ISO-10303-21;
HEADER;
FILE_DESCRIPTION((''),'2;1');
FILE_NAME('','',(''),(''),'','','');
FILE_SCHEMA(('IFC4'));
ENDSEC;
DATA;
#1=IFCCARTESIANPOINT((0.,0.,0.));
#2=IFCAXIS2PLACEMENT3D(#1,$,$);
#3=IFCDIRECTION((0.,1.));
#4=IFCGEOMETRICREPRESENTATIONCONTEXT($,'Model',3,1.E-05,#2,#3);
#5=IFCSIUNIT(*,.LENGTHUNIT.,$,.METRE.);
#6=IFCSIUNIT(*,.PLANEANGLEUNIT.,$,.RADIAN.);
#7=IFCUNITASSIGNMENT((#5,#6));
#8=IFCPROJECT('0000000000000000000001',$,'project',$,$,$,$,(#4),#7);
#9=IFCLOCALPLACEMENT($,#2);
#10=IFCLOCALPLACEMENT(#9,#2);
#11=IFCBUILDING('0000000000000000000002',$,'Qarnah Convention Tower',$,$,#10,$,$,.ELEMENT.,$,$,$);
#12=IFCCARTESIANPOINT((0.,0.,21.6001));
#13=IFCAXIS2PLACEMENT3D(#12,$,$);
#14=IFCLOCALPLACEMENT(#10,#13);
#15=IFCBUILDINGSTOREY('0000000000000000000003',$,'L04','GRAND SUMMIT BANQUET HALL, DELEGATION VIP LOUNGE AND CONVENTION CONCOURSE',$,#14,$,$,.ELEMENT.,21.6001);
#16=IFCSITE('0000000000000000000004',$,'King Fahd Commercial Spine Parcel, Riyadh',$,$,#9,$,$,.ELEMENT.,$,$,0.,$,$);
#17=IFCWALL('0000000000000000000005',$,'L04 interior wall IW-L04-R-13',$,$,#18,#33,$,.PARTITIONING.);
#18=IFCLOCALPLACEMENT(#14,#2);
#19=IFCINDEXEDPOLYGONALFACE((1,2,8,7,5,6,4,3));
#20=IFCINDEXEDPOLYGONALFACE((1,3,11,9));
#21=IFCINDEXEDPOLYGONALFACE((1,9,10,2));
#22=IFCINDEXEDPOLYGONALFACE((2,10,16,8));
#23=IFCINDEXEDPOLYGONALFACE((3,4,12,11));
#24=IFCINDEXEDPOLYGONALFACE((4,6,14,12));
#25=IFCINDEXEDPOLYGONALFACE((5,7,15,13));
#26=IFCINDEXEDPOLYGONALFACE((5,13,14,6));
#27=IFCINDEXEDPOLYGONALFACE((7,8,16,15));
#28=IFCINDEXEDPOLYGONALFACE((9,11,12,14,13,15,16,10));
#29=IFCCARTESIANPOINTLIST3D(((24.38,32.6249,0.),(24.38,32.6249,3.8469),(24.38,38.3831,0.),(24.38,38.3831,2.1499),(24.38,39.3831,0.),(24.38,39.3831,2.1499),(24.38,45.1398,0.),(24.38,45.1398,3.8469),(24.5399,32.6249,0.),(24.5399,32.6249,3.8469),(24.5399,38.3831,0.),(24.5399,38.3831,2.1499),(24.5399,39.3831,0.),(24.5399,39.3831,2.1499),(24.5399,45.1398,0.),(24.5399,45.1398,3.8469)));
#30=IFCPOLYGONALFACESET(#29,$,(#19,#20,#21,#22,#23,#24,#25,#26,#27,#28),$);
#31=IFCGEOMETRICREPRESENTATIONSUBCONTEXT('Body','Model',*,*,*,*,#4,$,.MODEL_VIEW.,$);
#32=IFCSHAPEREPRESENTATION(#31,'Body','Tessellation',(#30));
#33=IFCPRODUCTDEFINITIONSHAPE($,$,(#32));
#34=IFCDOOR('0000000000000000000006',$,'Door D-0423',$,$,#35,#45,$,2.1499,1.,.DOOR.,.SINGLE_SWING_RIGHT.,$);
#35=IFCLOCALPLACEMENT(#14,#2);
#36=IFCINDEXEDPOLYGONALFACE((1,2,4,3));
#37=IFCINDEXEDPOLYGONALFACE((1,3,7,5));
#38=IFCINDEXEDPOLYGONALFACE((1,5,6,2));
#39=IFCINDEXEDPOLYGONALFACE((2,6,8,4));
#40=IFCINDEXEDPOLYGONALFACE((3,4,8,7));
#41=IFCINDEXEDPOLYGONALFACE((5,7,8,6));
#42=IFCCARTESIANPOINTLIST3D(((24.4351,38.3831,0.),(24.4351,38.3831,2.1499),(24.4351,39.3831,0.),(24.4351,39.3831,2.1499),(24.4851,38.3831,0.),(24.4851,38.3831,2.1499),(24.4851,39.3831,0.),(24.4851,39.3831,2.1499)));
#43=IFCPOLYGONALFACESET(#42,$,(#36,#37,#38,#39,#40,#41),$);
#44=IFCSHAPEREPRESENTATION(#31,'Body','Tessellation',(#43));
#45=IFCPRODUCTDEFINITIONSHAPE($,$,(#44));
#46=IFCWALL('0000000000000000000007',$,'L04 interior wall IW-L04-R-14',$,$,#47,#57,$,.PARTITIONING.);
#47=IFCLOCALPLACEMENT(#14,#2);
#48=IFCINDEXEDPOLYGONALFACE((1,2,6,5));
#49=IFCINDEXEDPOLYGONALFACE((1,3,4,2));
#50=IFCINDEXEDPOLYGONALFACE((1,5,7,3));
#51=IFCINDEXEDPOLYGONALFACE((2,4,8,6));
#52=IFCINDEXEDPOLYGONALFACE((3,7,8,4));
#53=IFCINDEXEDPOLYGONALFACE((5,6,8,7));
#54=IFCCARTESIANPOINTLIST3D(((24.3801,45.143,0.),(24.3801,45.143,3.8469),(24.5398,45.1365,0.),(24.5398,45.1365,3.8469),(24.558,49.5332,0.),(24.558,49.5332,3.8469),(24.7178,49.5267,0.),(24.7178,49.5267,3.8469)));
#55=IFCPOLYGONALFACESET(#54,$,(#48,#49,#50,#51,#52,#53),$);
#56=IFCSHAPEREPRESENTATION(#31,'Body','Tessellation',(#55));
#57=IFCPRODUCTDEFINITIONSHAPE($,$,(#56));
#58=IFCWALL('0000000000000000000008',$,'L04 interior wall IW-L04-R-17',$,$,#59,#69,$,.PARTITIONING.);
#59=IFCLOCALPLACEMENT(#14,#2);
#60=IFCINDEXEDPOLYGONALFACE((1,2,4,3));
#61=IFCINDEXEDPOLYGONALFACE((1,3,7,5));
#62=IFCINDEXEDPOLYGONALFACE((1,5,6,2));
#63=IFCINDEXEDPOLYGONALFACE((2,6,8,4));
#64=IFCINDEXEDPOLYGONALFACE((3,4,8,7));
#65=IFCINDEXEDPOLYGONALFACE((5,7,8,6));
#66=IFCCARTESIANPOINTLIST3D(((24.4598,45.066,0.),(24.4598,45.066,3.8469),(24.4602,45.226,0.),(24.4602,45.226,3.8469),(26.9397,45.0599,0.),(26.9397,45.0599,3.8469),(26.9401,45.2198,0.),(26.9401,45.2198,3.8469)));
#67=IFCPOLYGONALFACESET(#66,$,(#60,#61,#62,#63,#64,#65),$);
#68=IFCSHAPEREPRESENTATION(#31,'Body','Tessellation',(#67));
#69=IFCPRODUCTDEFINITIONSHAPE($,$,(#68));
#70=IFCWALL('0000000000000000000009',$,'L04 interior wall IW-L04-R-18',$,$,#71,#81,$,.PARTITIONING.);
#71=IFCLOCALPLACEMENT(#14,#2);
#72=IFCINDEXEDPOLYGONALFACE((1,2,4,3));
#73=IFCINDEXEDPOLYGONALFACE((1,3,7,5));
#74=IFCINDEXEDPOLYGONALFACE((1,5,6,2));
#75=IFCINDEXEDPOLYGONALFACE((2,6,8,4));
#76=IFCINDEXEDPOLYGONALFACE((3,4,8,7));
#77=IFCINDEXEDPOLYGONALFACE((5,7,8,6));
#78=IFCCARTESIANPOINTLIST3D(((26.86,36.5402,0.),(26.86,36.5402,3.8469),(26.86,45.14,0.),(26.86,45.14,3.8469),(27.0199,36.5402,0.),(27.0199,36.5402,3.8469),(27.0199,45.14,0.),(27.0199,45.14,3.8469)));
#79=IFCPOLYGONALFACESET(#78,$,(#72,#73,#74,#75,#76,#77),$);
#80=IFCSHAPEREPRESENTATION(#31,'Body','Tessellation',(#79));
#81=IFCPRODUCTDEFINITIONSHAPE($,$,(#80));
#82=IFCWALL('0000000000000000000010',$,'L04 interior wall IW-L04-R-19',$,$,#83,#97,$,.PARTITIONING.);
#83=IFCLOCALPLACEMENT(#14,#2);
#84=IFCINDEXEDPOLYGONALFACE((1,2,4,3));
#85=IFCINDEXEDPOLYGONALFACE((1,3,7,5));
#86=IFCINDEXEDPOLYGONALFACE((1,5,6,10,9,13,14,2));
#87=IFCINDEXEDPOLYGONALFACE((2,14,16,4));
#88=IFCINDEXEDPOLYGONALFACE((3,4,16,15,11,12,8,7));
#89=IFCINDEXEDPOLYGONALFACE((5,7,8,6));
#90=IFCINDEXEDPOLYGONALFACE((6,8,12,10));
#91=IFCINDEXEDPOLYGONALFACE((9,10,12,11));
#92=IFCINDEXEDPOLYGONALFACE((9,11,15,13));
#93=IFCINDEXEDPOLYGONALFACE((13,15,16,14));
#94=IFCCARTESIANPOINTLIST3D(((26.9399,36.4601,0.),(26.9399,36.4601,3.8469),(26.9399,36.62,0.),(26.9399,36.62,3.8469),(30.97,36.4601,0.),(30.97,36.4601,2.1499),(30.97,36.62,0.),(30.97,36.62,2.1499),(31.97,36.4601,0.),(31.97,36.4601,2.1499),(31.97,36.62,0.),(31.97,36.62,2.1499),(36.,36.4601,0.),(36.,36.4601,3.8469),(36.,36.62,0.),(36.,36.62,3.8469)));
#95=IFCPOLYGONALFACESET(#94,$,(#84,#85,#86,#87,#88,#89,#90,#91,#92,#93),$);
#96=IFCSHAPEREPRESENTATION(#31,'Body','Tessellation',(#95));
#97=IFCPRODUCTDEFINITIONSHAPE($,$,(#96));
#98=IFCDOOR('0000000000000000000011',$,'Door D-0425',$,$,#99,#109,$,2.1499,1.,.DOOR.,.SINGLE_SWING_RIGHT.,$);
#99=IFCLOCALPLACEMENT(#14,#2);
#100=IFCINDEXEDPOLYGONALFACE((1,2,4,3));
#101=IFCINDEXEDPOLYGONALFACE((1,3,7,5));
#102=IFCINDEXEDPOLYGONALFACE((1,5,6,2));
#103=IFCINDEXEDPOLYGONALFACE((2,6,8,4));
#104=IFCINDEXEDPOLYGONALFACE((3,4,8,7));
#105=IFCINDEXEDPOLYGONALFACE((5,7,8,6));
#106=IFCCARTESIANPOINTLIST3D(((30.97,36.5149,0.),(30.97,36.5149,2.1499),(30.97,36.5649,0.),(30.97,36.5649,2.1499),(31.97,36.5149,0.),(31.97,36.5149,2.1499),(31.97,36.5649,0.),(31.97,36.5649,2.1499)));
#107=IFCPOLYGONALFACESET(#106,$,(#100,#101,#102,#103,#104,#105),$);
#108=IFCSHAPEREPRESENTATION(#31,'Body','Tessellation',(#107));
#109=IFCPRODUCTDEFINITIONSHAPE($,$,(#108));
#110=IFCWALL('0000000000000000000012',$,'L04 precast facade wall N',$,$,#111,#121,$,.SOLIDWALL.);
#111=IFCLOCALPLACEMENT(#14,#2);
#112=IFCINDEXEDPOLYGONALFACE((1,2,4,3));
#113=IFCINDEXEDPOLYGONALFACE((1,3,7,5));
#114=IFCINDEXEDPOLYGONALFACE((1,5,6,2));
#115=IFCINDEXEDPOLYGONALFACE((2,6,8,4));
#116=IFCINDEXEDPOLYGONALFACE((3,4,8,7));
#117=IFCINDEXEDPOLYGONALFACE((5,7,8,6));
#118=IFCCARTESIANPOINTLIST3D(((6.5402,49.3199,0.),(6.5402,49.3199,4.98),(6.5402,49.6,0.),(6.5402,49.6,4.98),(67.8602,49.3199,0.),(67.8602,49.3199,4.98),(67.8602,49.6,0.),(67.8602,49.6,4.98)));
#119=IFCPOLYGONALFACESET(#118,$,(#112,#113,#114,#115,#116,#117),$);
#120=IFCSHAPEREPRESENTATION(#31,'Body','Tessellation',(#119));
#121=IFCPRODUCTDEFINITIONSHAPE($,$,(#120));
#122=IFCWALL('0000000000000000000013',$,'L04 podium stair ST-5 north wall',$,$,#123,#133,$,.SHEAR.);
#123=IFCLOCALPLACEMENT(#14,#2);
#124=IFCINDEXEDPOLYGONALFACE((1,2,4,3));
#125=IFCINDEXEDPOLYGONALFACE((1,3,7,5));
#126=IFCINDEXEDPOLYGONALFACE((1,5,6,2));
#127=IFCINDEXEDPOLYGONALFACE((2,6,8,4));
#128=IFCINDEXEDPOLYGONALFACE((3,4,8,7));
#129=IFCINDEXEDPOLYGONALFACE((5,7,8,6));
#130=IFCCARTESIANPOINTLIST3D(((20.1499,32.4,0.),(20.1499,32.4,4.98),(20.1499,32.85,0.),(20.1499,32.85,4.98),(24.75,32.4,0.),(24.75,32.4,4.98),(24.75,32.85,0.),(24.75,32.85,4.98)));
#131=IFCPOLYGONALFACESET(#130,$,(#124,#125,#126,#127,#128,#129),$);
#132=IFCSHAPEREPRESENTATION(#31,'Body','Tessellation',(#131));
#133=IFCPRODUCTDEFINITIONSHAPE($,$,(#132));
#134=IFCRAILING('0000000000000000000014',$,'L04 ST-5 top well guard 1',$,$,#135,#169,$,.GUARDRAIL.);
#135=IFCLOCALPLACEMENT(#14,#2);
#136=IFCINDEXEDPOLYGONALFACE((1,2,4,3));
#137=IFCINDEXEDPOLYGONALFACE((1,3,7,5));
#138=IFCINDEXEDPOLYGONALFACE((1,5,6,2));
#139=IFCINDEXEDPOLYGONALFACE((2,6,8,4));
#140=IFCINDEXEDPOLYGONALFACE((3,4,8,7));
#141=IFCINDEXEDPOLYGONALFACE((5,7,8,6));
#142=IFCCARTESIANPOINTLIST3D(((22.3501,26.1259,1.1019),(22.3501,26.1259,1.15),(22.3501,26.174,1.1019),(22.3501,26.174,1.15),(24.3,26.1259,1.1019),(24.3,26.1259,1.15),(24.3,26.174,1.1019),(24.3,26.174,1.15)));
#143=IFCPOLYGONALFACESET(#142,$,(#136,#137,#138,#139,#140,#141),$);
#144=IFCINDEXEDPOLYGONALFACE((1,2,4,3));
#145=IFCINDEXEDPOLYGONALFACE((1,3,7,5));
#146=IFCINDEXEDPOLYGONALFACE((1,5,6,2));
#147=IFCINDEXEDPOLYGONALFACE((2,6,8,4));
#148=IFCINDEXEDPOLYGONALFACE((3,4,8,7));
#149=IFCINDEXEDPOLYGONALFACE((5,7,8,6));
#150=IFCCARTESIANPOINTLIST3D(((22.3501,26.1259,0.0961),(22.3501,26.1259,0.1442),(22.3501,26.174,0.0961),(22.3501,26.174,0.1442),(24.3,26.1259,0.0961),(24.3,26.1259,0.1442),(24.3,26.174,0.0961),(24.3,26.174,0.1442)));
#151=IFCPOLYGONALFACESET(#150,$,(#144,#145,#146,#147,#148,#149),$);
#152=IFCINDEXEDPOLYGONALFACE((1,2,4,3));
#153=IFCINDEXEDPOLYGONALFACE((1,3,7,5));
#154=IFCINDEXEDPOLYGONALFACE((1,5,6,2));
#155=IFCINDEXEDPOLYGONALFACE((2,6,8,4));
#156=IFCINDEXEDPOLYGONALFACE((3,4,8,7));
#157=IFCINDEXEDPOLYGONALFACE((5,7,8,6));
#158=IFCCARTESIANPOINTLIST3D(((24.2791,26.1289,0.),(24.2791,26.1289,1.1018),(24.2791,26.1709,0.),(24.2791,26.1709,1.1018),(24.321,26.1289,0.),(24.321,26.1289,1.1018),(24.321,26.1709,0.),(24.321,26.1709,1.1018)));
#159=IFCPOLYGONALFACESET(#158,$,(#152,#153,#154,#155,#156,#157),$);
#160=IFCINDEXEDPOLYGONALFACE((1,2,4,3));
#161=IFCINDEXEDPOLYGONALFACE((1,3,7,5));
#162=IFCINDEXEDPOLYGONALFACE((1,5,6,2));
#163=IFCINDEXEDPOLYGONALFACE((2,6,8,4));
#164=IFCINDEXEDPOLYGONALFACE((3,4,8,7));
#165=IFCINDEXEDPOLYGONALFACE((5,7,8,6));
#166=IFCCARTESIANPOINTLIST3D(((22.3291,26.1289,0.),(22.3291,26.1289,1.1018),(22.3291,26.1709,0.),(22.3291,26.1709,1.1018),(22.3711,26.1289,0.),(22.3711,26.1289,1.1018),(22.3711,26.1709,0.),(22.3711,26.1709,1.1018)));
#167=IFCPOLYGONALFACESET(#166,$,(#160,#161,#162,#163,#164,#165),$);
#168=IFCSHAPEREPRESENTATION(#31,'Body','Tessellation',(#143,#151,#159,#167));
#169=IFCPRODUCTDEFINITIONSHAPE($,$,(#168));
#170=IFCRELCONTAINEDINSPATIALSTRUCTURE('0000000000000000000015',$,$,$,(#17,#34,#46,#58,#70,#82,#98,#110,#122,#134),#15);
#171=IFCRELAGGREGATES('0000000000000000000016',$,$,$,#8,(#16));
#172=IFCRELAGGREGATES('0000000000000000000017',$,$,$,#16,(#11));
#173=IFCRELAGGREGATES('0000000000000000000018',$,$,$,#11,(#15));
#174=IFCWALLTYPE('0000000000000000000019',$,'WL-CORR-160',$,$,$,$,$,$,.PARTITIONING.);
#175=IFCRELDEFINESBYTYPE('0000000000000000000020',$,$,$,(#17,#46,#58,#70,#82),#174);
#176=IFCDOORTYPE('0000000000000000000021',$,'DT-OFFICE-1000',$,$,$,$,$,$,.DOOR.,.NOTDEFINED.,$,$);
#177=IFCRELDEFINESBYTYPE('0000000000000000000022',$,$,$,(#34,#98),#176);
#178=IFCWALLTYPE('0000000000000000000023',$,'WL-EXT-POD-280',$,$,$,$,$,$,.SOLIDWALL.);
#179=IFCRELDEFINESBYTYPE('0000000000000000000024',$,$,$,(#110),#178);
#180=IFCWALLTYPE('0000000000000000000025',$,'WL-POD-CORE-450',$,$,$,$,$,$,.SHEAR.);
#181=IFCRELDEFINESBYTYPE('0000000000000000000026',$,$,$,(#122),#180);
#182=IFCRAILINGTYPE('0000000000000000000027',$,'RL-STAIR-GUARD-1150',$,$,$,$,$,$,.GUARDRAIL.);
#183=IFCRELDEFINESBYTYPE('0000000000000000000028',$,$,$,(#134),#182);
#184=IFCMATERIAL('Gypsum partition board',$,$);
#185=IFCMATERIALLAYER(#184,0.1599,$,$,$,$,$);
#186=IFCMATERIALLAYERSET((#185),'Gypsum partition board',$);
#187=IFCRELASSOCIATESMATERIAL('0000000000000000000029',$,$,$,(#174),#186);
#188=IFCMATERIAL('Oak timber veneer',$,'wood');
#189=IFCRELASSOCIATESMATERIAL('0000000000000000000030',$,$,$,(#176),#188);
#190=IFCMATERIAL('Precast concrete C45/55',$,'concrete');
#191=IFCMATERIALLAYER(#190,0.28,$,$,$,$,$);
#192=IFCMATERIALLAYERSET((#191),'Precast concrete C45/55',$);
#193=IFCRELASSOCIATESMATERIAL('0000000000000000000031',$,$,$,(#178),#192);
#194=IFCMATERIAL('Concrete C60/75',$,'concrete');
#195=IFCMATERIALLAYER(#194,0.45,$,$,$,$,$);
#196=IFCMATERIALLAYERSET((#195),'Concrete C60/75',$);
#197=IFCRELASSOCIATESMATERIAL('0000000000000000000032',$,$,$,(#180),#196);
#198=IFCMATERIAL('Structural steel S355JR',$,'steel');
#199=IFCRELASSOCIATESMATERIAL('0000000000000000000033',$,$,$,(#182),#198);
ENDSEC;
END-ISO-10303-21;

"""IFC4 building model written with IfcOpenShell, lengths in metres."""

from ifc_helpers import new_model, si_unit, direction, frame, frame_2d, origin, origin_2d, place, context, subcontext, project, spatial, rectangle, extrude, material, layer, layer_set, type_object, element, fill, save


model = new_model("IFC4")

# Units and contexts
model_context = context("Model", 3, precision=1e-05, world=origin(), true_north=direction((0.0, 1.0)))
body_context = subcontext(model_context, "Body", "Model", "MODEL_VIEW")
ifc_project = project(units=[si_unit("LENGTHUNIT", "METRE"), si_unit("PLANEANGLEUNIT", "RADIAN")], contexts=[model_context])

# Site, building, storey
site_placement = place(None, origin())
site = spatial("IfcSite", under=ifc_project, at=site_placement, Name="King Fahd Commercial Spine Parcel, Riyadh", CompositionType="ELEMENT", RefElevation=0.0)
building_placement = place(site_placement, origin())
building = spatial("IfcBuilding", under=site, at=building_placement, Name="Qarnah Convention Tower", CompositionType="ELEMENT")
storey_placement = place(building_placement, frame((0.0, 0.0, 21.6001)))
storey = spatial("IfcBuildingStorey", under=building, at=storey_placement, Name="L04", Description="GRAND SUMMIT BANQUET HALL, DELEGATION VIP LOUNGE AND CONVENTION CONCOURSE", CompositionType="ELEMENT", Elevation=21.6001)

# Shared definitions
ifc_material_1 = material(Name="Concrete C60/75", Category="concrete")
ifc_material_2 = material(Name="Precast concrete C45/55", Category="concrete")

# Shared definitions
ifc_material_3 = material(Name="Structural steel S355JR", Category="steel")

# Shared definitions
ifc_material_4 = material(Name="Gypsum partition board")
ifc_layer_1 = layer(ifc_material_4, 0.1599)
ifc_layer_set_1 = layer_set([ifc_layer_1], Name="Gypsum partition board")
wall_type_1 = type_object("IfcWallType", Name="WL-CORR-160", PredefinedType="PARTITIONING", material=ifc_layer_set_1)

# Wall, opening, door
wall_1_placement = place(storey_placement, frame((24.46, 32.625, 0.0), z_axis=(0.0, 0.0, 1.0), x_axis=(0.0, 1.0, 0.0)))
wall_1 = element("IfcWall", 1, at=wall_1_placement, inside=storey, type_object=wall_type_1, Name="L04 interior wall IW-L04-R-13", PredefinedType="PARTITIONING", context=body_context, shape_type="SweptSolid", body=[
    extrude(rectangle(XDim=12.5149, YDim=0.1599, at=frame_2d((6.2573, 0.0))), origin(), (0.0, 0.0, 1.0), 3.8469),
])
opening_1_placement = place(wall_1_placement, frame((5.7581, 0.0, 0.0)))
opening_1 = element("IfcOpeningElement", 2, at=opening_1_placement, cuts=wall_1, PredefinedType="OPENING", context=body_context, shape_type="SweptSolid", body=[
    extrude(rectangle(XDim=1.0, YDim=2.1499, at=frame_2d((0.5, 1.075))), frame((0.0, 0.0898, 0.0), z_axis=(0.0, -1.0, 0.0), x_axis=(1.0, 0.0, 0.0)), (0.0, 0.0, 1.0), 0.1799),
])
ifc_material_5 = material(Name="Oak timber veneer", Category="wood")
door_type_1 = type_object("IfcDoorType", Name="DT-OFFICE-1000", OperationType="NOTDEFINED", PredefinedType="DOOR", material=ifc_material_5)
door_1_placement = place(opening_1_placement, origin())
door_1 = element("IfcDoor", 3, at=door_1_placement, inside=storey, type_object=door_type_1, Name="Door D-0423", OperationType="SINGLE_SWING_RIGHT", OverallHeight=2.1499, OverallWidth=1.0, PredefinedType="DOOR", context=body_context, shape_type="SweptSolid", body=[
    extrude(rectangle(XDim=1.0, YDim=2.1499, at=frame_2d((0.5, 1.075))), frame((0.0, 0.0249, 0.0), z_axis=(0.0, -1.0, 0.0), x_axis=(1.0, 0.0, 0.0)), (0.0, 0.0, 1.0), 0.05),
])
fill(opening_1, door_1)

# Walls
wall_2_placement = place(storey_placement, frame((24.46, 45.1399, 0.0), z_axis=(0.0, 0.0, 1.0), x_axis=(0.040507, 0.999179, 0.0)))
element("IfcWall", 4, at=wall_2_placement, inside=storey, type_object=wall_type_1, Name="L04 interior wall IW-L04-R-14", PredefinedType="PARTITIONING", context=body_context, shape_type="SweptSolid", body=[
    extrude(rectangle(XDim=4.3938, YDim=0.1599, at=frame_2d((2.1968, 0.0))), origin(), (0.0, 0.0, 1.0), 3.8469),
])
wall_3_placement = place(storey_placement, frame((24.46, 45.146, 0.0), z_axis=(0.0, 0.0, 1.0), x_axis=(0.999997, -0.002461, 0.0)))
element("IfcWall", 5, at=wall_3_placement, inside=storey, type_object=wall_type_1, Name="L04 interior wall IW-L04-R-17", PredefinedType="PARTITIONING", context=body_context, shape_type="SweptSolid", body=[
    extrude(rectangle(XDim=2.48, YDim=0.1599, at=frame_2d((1.24, 0.0))), origin(), (0.0, 0.0, 1.0), 3.8469),
])
wall_4_placement = place(storey_placement, frame((26.9399, 45.1399, 0.0), z_axis=(0.0, 0.0, 1.0), x_axis=(0.0, -1.0, 0.0)))
element("IfcWall", 6, at=wall_4_placement, inside=storey, type_object=wall_type_1, Name="L04 interior wall IW-L04-R-18", PredefinedType="PARTITIONING", context=body_context, shape_type="SweptSolid", body=[
    extrude(rectangle(XDim=8.5999, YDim=0.1599, at=frame_2d((4.2998, 0.0))), origin(), (0.0, 0.0, 1.0), 3.8469),
])

# Wall, opening, door
wall_5_placement = place(storey_placement, frame((26.9399, 36.54, 0.0), z_axis=(0.0, 0.0, 1.0), x_axis=(1.0, 0.0, 0.0)))
wall_5 = element("IfcWall", 7, at=wall_5_placement, inside=storey, type_object=wall_type_1, Name="L04 interior wall IW-L04-R-19", PredefinedType="PARTITIONING", context=body_context, shape_type="SweptSolid", body=[
    extrude(rectangle(XDim=9.0601, YDim=0.1599, at=frame_2d((4.53, 0.0))), origin(), (0.0, 0.0, 1.0), 3.8469),
])
opening_2_placement = place(wall_5_placement, frame((4.03, 0.0, 0.0)))
opening_2 = element("IfcOpeningElement", 8, at=opening_2_placement, cuts=wall_5, PredefinedType="OPENING", context=body_context, shape_type="SweptSolid", body=[
    extrude(rectangle(XDim=1.0, YDim=2.1499, at=frame_2d((0.5, 1.075))), frame((0.0, 0.0898, 0.0), z_axis=(0.0, -1.0, 0.0), x_axis=(1.0, 0.0, 0.0)), (0.0, 0.0, 1.0), 0.1799),
])
door_2_placement = place(opening_2_placement, origin())
door_2 = element("IfcDoor", 9, at=door_2_placement, inside=storey, type_object=door_type_1, Name="Door D-0425", OperationType="SINGLE_SWING_RIGHT", OverallHeight=2.1499, OverallWidth=1.0, PredefinedType="DOOR", context=body_context, shape_type="SweptSolid", body=[
    extrude(rectangle(XDim=1.0, YDim=2.1499, at=frame_2d((0.5, 1.075))), frame((0.0, 0.0249, 0.0), z_axis=(0.0, -1.0, 0.0), x_axis=(1.0, 0.0, 0.0)), (0.0, 0.0, 1.0), 0.05),
])
fill(opening_2, door_2)

# Walls
ifc_layer_2 = layer(ifc_material_2, 0.28)
ifc_layer_set_2 = layer_set([ifc_layer_2], Name="Precast concrete C45/55")
wall_type_2 = type_object("IfcWallType", Name="WL-EXT-POD-280", PredefinedType="SOLIDWALL", material=ifc_layer_set_2)
wall_6_placement = place(storey_placement, frame((6.54, 49.46, 0.0), z_axis=(0.0, 0.0, 1.0), x_axis=(1.0, 0.0, 0.0)))
element("IfcWall", 10, at=wall_6_placement, inside=storey, type_object=wall_type_2, Name="L04 precast facade wall N", PredefinedType="SOLIDWALL", context=body_context, shape_type="SweptSolid", body=[
    extrude(rectangle(XDim=61.3201, YDim=0.28, at=frame_2d((30.6602, 0.0))), origin(), (0.0, 0.0, 1.0), 4.98),
])
ifc_layer_3 = layer(ifc_material_1, 0.45)
ifc_layer_set_3 = layer_set([ifc_layer_3], Name="Concrete C60/75")
wall_type_3 = type_object("IfcWallType", Name="WL-POD-CORE-450", PredefinedType="SHEAR", material=ifc_layer_set_3)
wall_7_placement = place(storey_placement, frame((20.1499, 32.625, 0.0), z_axis=(0.0, 0.0, 1.0), x_axis=(1.0, 0.0, 0.0)))
element("IfcWall", 11, at=wall_7_placement, inside=storey, type_object=wall_type_3, Name="L04 podium stair ST-5 north wall", PredefinedType="SHEAR", context=body_context, shape_type="SweptSolid", body=[
    extrude(rectangle(XDim=4.6001, YDim=0.45, at=frame_2d((2.3, 0.0))), origin(), (0.0, 0.0, 1.0), 4.98),
])

# Railing
railing_type = type_object("IfcRailingType", Name="RL-STAIR-GUARD-1150", PredefinedType="GUARDRAIL", material=ifc_material_3)
railing_placement = place(storey_placement, frame((24.3, 26.1499, 0.0)))
element("IfcRailing", 12, at=railing_placement, inside=storey, type_object=railing_type, Name="L04 ST-5 top well guard 1", PredefinedType="GUARDRAIL", context=body_context, shape_type="SweptSolid", body=[
    extrude(rectangle(XDim=0.0481, YDim=0.0481, at=origin_2d()), frame((0.0, 0.0, 1.126), z_axis=(-1.0, 0.0, 0.0), x_axis=(0.0, -1.0, 0.0)), (0.0, 0.0, 1.0), 1.95),
    extrude(rectangle(XDim=0.0481, YDim=0.0481, at=origin_2d()), frame((0.0, 0.0, 0.1201), z_axis=(-1.0, 0.0, 0.0), x_axis=(0.0, -1.0, 0.0)), (0.0, 0.0, 1.0), 1.95),
    extrude(rectangle(XDim=0.042, YDim=0.042, at=origin_2d()), origin(), (0.0, 0.0, 1.0), 1.1018),
    extrude(rectangle(XDim=0.042, YDim=0.042, at=origin_2d()), frame((-1.95, 0.0, 0.0)), (0.0, 0.0, 1.0), 1.1018),
])

save(model, "model.ifc")
